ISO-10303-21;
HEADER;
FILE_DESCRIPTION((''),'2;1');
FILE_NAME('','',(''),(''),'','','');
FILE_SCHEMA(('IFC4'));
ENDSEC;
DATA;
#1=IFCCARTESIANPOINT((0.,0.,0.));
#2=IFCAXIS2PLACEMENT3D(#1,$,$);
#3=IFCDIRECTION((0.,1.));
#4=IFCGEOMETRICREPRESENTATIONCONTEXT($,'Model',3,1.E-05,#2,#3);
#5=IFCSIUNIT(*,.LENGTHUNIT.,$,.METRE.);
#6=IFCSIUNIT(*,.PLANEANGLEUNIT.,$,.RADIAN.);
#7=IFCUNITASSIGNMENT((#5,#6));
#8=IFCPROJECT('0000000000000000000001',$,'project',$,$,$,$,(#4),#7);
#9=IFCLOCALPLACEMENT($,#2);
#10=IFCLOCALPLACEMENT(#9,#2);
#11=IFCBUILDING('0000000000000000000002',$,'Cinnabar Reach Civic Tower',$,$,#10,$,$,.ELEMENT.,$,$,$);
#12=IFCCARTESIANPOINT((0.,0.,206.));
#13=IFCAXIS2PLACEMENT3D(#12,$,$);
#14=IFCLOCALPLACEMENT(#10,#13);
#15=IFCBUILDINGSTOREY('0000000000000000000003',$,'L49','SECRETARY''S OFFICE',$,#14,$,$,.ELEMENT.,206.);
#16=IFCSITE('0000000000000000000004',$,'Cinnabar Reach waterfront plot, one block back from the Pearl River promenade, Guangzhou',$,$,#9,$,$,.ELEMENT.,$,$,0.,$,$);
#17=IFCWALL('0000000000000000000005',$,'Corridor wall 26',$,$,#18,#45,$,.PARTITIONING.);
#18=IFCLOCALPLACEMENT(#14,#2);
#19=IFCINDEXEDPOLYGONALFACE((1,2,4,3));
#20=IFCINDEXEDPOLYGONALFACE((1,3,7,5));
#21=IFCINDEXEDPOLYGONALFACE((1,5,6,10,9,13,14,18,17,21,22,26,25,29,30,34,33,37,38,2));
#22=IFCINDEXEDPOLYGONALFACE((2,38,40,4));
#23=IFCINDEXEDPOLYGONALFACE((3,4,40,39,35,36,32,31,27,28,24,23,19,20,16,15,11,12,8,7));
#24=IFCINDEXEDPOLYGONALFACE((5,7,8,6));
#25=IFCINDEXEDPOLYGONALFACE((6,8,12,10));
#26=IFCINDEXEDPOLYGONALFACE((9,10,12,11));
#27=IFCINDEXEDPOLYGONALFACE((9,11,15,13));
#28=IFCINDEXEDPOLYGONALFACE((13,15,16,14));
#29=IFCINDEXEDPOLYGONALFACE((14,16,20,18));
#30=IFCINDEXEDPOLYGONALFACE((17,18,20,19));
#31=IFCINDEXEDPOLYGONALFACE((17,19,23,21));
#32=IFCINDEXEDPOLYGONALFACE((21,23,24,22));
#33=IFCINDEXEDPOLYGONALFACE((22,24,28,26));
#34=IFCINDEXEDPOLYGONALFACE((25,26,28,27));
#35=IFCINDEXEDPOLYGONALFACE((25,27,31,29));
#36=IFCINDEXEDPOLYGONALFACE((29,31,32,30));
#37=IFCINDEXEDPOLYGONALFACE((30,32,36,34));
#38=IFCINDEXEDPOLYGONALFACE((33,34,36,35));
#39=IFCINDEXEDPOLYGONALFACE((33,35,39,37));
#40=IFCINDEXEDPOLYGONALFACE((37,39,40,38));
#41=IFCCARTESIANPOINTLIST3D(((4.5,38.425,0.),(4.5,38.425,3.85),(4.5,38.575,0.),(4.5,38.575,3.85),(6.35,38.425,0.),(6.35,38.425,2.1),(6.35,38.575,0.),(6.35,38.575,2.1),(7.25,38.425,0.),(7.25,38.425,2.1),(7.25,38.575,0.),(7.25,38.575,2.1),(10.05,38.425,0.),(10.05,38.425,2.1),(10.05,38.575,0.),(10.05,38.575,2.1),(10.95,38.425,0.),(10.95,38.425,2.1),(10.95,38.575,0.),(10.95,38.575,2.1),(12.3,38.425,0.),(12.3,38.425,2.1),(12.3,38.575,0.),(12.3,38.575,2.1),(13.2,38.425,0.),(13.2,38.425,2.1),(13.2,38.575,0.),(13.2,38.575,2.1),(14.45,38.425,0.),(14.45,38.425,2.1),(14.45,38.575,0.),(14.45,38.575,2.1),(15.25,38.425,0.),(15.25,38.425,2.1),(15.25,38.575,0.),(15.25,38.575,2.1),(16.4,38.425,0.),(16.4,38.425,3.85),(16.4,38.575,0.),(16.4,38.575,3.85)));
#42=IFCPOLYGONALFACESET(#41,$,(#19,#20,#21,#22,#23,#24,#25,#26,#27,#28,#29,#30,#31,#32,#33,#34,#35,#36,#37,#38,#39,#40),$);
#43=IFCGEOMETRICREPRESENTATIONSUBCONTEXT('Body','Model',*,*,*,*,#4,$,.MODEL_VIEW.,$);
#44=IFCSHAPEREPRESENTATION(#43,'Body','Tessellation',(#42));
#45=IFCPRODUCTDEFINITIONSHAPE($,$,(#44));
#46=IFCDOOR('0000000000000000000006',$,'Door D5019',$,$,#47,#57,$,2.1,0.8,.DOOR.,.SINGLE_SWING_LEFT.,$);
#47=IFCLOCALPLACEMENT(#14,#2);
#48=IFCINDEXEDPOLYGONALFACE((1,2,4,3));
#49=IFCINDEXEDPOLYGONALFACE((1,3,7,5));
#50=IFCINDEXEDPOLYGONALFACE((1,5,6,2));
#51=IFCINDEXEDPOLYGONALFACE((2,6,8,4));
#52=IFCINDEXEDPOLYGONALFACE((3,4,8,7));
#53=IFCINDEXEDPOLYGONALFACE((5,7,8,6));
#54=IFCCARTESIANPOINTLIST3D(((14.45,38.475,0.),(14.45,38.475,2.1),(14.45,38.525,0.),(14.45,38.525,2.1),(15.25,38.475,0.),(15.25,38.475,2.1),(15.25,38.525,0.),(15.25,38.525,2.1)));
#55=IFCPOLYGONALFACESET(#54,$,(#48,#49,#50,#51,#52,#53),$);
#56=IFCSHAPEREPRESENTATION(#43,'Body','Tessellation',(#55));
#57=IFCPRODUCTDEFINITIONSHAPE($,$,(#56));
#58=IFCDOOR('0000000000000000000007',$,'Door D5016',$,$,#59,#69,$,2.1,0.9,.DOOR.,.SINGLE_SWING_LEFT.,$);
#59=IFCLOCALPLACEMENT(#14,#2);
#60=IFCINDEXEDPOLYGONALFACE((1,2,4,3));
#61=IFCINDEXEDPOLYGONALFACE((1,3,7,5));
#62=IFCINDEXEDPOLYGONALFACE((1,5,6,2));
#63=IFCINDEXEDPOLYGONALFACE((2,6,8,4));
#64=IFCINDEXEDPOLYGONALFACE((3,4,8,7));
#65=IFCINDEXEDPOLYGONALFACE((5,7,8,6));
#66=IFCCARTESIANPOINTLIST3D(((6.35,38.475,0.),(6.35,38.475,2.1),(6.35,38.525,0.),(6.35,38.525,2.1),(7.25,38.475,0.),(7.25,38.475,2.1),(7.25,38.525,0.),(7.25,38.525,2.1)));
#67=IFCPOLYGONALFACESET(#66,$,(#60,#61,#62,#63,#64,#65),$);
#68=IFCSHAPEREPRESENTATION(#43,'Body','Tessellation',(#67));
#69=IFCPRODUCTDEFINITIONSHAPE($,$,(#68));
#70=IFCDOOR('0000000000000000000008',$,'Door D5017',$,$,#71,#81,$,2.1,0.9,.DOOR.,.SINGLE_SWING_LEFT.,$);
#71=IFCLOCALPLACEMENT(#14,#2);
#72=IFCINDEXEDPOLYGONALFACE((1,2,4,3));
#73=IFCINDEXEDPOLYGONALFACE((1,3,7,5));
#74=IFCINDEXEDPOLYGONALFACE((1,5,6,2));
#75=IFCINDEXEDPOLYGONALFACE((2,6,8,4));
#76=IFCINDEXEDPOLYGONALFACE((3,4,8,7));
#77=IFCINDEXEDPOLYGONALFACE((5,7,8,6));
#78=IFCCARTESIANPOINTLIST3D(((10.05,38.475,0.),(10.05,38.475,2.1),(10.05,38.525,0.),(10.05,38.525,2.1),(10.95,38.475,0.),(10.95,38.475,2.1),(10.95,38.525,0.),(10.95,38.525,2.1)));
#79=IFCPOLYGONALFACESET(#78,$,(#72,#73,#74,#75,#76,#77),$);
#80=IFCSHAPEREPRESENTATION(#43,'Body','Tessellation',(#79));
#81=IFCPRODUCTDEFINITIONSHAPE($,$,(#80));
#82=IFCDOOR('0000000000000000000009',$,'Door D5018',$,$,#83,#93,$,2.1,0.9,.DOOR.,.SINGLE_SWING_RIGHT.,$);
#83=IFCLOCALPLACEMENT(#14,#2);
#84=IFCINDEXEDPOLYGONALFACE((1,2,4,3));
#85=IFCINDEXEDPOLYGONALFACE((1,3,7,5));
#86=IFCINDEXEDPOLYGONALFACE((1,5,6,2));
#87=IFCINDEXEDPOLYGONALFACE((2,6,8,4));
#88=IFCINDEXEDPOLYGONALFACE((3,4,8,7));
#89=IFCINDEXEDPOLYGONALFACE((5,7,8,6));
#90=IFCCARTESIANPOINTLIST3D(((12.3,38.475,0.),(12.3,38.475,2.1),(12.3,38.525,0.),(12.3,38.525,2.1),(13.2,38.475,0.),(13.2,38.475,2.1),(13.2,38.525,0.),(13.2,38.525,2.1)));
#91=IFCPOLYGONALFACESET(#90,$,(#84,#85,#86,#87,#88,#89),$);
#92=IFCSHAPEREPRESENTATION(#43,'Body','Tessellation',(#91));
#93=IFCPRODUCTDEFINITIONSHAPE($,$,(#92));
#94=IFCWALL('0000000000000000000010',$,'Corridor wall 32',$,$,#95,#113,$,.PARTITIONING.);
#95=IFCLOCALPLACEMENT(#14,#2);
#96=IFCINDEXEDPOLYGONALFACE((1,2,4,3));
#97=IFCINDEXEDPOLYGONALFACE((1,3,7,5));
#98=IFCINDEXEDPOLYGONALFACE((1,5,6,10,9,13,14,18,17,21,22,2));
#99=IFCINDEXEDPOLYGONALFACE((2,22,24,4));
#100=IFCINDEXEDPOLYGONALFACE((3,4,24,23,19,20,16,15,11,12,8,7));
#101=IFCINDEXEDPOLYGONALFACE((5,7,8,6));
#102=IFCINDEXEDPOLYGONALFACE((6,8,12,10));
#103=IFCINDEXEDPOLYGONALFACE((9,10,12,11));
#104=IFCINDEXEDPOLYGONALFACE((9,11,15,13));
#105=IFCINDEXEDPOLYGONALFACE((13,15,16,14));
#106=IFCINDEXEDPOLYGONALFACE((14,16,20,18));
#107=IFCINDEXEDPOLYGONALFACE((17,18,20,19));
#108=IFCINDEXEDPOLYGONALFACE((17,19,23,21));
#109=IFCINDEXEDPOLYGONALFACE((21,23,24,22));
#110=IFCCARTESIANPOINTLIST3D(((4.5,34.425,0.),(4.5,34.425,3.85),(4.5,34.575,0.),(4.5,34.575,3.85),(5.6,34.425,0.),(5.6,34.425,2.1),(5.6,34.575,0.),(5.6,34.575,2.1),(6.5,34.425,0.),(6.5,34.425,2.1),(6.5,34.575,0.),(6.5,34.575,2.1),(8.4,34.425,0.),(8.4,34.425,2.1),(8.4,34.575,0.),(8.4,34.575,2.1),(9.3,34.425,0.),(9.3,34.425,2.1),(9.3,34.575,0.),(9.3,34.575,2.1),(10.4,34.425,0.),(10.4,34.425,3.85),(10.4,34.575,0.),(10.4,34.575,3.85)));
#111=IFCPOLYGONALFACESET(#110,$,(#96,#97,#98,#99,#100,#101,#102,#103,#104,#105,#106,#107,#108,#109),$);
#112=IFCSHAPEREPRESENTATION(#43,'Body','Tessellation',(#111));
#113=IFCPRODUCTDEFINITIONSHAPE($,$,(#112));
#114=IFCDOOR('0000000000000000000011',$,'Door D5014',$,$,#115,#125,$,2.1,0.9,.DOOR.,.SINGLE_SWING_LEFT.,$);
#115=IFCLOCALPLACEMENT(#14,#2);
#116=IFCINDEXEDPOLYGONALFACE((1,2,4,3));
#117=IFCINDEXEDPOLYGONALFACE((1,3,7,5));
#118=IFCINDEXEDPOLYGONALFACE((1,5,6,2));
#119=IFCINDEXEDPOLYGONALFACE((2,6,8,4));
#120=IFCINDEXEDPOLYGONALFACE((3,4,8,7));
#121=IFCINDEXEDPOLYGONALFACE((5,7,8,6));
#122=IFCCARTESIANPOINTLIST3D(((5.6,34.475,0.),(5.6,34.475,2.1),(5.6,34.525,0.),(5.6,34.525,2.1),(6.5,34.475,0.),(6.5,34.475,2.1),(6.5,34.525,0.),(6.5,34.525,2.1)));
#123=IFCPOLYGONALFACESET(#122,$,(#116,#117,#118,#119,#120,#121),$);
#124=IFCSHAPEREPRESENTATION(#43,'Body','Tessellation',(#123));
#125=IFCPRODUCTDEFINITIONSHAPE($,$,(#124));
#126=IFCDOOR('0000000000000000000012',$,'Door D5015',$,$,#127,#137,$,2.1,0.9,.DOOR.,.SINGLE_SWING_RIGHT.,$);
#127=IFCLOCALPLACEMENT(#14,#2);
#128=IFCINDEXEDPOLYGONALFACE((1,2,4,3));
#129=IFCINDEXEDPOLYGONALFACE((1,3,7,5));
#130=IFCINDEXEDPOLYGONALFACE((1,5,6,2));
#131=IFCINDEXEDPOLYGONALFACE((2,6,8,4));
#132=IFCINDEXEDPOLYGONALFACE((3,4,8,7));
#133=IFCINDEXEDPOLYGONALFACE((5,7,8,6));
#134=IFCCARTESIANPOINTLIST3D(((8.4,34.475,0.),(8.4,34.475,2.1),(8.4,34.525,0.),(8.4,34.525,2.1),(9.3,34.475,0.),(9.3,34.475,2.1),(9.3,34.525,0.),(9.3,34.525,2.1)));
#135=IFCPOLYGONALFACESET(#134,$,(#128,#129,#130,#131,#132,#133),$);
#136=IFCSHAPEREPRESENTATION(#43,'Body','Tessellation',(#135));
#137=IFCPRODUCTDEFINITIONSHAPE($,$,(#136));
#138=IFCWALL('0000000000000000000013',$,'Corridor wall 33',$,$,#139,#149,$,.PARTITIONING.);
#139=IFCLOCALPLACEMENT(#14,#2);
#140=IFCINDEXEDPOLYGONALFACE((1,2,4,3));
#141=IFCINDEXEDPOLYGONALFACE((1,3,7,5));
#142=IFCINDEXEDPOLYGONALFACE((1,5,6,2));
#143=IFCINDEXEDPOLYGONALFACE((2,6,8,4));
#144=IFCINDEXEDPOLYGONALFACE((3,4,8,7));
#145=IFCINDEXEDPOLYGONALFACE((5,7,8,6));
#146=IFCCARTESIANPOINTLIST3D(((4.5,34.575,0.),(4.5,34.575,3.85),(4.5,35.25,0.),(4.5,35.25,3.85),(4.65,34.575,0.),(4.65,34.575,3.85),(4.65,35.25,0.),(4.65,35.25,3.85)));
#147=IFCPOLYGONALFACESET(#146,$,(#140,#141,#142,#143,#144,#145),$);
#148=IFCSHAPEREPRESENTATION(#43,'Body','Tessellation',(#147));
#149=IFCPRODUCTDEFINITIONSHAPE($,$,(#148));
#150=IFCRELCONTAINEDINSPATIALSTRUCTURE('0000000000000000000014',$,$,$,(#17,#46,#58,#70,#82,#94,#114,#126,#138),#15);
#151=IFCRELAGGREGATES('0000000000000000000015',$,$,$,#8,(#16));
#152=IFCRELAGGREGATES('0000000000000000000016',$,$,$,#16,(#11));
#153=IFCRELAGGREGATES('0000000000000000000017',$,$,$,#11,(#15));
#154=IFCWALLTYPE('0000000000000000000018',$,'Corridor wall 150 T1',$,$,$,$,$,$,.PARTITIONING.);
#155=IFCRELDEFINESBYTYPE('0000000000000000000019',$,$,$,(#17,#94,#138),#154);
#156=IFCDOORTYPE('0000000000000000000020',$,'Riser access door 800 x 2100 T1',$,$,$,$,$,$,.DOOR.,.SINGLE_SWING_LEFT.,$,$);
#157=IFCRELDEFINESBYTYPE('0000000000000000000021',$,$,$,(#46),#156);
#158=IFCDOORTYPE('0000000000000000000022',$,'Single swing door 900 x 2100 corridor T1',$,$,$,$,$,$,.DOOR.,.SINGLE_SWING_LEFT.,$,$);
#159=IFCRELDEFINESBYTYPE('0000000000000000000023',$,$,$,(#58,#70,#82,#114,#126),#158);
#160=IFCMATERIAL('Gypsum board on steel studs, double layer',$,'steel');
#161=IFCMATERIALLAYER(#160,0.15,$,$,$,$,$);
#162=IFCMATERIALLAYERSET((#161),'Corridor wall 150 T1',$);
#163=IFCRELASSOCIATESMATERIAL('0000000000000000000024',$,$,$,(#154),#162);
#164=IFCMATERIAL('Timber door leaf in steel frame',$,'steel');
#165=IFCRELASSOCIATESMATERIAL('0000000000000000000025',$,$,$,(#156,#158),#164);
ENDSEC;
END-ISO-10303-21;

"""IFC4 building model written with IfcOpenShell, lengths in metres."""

from ifc_helpers import new_model, si_unit, direction, frame, frame_2d, origin, place, context, subcontext, project, spatial, rectangle, extrude, material, layer, layer_set, type_object, element, fill, save


model = new_model("IFC4")

# Units and contexts
model_context = context("Model", 3, precision=1e-05, world=origin(), true_north=direction((0.0, 1.0)))
body_context = subcontext(model_context, "Body", "Model", "MODEL_VIEW")
ifc_project = project(units=[si_unit("LENGTHUNIT", "METRE"), si_unit("PLANEANGLEUNIT", "RADIAN")], contexts=[model_context])

# Site, building, storey
site_placement = place(None, origin())
site = spatial("IfcSite", under=ifc_project, at=site_placement, Name="Cinnabar Reach waterfront plot, one block back from the Pearl River promenade, Guangzhou", CompositionType="ELEMENT", RefElevation=0.0)
building_placement = place(site_placement, origin())
building = spatial("IfcBuilding", under=site, at=building_placement, Name="Cinnabar Reach Civic Tower", CompositionType="ELEMENT")
storey_placement = place(building_placement, frame((0.0, 0.0, 206.0)))
storey = spatial("IfcBuildingStorey", under=building, at=storey_placement, Name="L49", Description="SECRETARY'S OFFICE", CompositionType="ELEMENT", Elevation=206.0)

# Shared definitions
ifc_material_1 = material(Name="Timber door leaf in steel frame", Category="steel")

# Walls, openings, doors
ifc_material_2 = material(Name="Gypsum board on steel studs, double layer", Category="steel")
ifc_layer_1 = layer(ifc_material_2, 0.15)
ifc_layer_set_1 = layer_set([ifc_layer_1], Name="Corridor wall 150 T1")
wall_type_1 = type_object("IfcWallType", Name="Corridor wall 150 T1", PredefinedType="PARTITIONING", material=ifc_layer_set_1)
wall_1_placement = place(storey_placement, frame((4.5, 38.5, 0.0), z_axis=(0.0, 0.0, 1.0), x_axis=(1.0, 0.0, 0.0)))
wall_1 = element("IfcWall", 1, at=wall_1_placement, inside=storey, type_object=wall_type_1, Name="Corridor wall 26", PredefinedType="PARTITIONING", context=body_context, shape_type="SweptSolid", body=[
    extrude(rectangle(XDim=11.9, YDim=0.15, at=frame_2d((5.95, 0.0))), origin(), (0.0, 0.0, 1.0), 3.85),
])
opening_1_placement = place(wall_1_placement, frame((1.85, 0.0, 0.0)))
opening_1 = element("IfcOpeningElement", 2, at=opening_1_placement, cuts=wall_1, PredefinedType="OPENING", context=body_context, shape_type="SweptSolid", body=[
    extrude(rectangle(XDim=0.9, YDim=2.1, at=frame_2d((0.45, 1.05))), frame((0.0, 0.085, 0.0), z_axis=(0.0, -1.0, 0.0), x_axis=(1.0, 0.0, 0.0)), (0.0, 0.0, 1.0), 0.17),
])
opening_2_placement = place(wall_1_placement, frame((5.55, 0.0, 0.0)))
opening_2 = element("IfcOpeningElement", 3, at=opening_2_placement, cuts=wall_1, PredefinedType="OPENING", context=body_context, shape_type="SweptSolid", body=[
    extrude(rectangle(XDim=0.9, YDim=2.1, at=frame_2d((0.45, 1.05))), frame((0.0, 0.085, 0.0), z_axis=(0.0, -1.0, 0.0), x_axis=(1.0, 0.0, 0.0)), (0.0, 0.0, 1.0), 0.17),
])
opening_3_placement = place(wall_1_placement, frame((7.8, 0.0, 0.0)))
opening_3 = element("IfcOpeningElement", 4, at=opening_3_placement, cuts=wall_1, PredefinedType="OPENING", context=body_context, shape_type="SweptSolid", body=[
    extrude(rectangle(XDim=0.9, YDim=2.1, at=frame_2d((0.45, 1.05))), frame((0.0, 0.085, 0.0), z_axis=(0.0, -1.0, 0.0), x_axis=(1.0, 0.0, 0.0)), (0.0, 0.0, 1.0), 0.17),
])
opening_4_placement = place(wall_1_placement, frame((9.95, 0.0, 0.0)))
opening_4 = element("IfcOpeningElement", 5, at=opening_4_placement, cuts=wall_1, PredefinedType="OPENING", context=body_context, shape_type="SweptSolid", body=[
    extrude(rectangle(XDim=0.8, YDim=2.1, at=frame_2d((0.4, 1.05))), frame((0.0, 0.085, 0.0), z_axis=(0.0, -1.0, 0.0), x_axis=(1.0, 0.0, 0.0)), (0.0, 0.0, 1.0), 0.17),
])
door_type_1 = type_object("IfcDoorType", Name="Riser access door 800 x 2100 T1", OperationType="SINGLE_SWING_LEFT", PredefinedType="DOOR", material=ifc_material_1)
door_1_placement = place(opening_4_placement, origin())
door_1 = element("IfcDoor", 6, at=door_1_placement, inside=storey, type_object=door_type_1, Name="Door D5019", OperationType="SINGLE_SWING_LEFT", OverallHeight=2.1, OverallWidth=0.8, PredefinedType="DOOR", context=body_context, shape_type="SweptSolid", body=[
    extrude(rectangle(XDim=0.8, YDim=2.1, at=frame_2d((0.4, 1.05))), frame((0.0, 0.025, 0.0), z_axis=(0.0, -1.0, 0.0), x_axis=(1.0, 0.0, 0.0)), (0.0, 0.0, 1.0), 0.05),
])
fill(opening_4, door_1)
door_type_2 = type_object("IfcDoorType", Name="Single swing door 900 x 2100 corridor T1", OperationType="SINGLE_SWING_LEFT", PredefinedType="DOOR", material=ifc_material_1)
door_2_placement = place(opening_1_placement, origin())
door_2 = element("IfcDoor", 7, at=door_2_placement, inside=storey, type_object=door_type_2, Name="Door D5016", OperationType="SINGLE_SWING_LEFT", OverallHeight=2.1, OverallWidth=0.9, PredefinedType="DOOR", context=body_context, shape_type="SweptSolid", body=[
    extrude(rectangle(XDim=0.9, YDim=2.1, at=frame_2d((0.45, 1.05))), frame((0.0, 0.025, 0.0), z_axis=(0.0, -1.0, 0.0), x_axis=(1.0, 0.0, 0.0)), (0.0, 0.0, 1.0), 0.05),
])
fill(opening_1, door_2)
door_3_placement = place(opening_2_placement, origin())
door_3 = element("IfcDoor", 8, at=door_3_placement, inside=storey, type_object=door_type_2, Name="Door D5017", OperationType="SINGLE_SWING_LEFT", OverallHeight=2.1, OverallWidth=0.9, PredefinedType="DOOR", context=body_context, shape_type="SweptSolid", body=[
    extrude(rectangle(XDim=0.9, YDim=2.1, at=frame_2d((0.45, 1.05))), frame((0.0, 0.025, 0.0), z_axis=(0.0, -1.0, 0.0), x_axis=(1.0, 0.0, 0.0)), (0.0, 0.0, 1.0), 0.05),
])
fill(opening_2, door_3)
door_4_placement = place(opening_3_placement, origin())
door_4 = element("IfcDoor", 9, at=door_4_placement, inside=storey, type_object=door_type_2, Name="Door D5018", OperationType="SINGLE_SWING_RIGHT", OverallHeight=2.1, OverallWidth=0.9, PredefinedType="DOOR", context=body_context, shape_type="SweptSolid", body=[
    extrude(rectangle(XDim=0.9, YDim=2.1, at=frame_2d((0.45, 1.05))), frame((0.0, 0.025, 0.0), z_axis=(0.0, -1.0, 0.0), x_axis=(1.0, 0.0, 0.0)), (0.0, 0.0, 1.0), 0.05),
])
fill(opening_3, door_4)
wall_2_placement = place(storey_placement, frame((4.5, 34.5, 0.0), z_axis=(0.0, 0.0, 1.0), x_axis=(1.0, 0.0, 0.0)))
wall_2 = element("IfcWall", 10, at=wall_2_placement, inside=storey, type_object=wall_type_1, Name="Corridor wall 32", PredefinedType="PARTITIONING", context=body_context, shape_type="SweptSolid", body=[
    extrude(rectangle(XDim=5.9, YDim=0.15, at=frame_2d((2.95, 0.0))), origin(), (0.0, 0.0, 1.0), 3.85),
])
opening_5_placement = place(wall_2_placement, frame((1.1, 0.0, 0.0)))
opening_5 = element("IfcOpeningElement", 11, at=opening_5_placement, cuts=wall_2, PredefinedType="OPENING", context=body_context, shape_type="SweptSolid", body=[
    extrude(rectangle(XDim=0.9, YDim=2.1, at=frame_2d((0.45, 1.05))), frame((0.0, 0.085, 0.0), z_axis=(0.0, -1.0, 0.0), x_axis=(1.0, 0.0, 0.0)), (0.0, 0.0, 1.0), 0.17),
])
opening_6_placement = place(wall_2_placement, frame((3.9, 0.0, 0.0)))
opening_6 = element("IfcOpeningElement", 12, at=opening_6_placement, cuts=wall_2, PredefinedType="OPENING", context=body_context, shape_type="SweptSolid", body=[
    extrude(rectangle(XDim=0.9, YDim=2.1, at=frame_2d((0.45, 1.05))), frame((0.0, 0.085, 0.0), z_axis=(0.0, -1.0, 0.0), x_axis=(1.0, 0.0, 0.0)), (0.0, 0.0, 1.0), 0.17),
])
door_5_placement = place(opening_5_placement, frame((0.9, 0.0, 0.0), z_axis=(0.0, 0.0, 1.0), x_axis=(-1.0, 0.0, 0.0)))
door_5 = element("IfcDoor", 13, at=door_5_placement, inside=storey, type_object=door_type_2, Name="Door D5014", OperationType="SINGLE_SWING_LEFT", OverallHeight=2.1, OverallWidth=0.9, PredefinedType="DOOR", context=body_context, shape_type="SweptSolid", body=[
    extrude(rectangle(XDim=0.9, YDim=2.1, at=frame_2d((0.45, 1.05))), frame((0.0, 0.025, 0.0), z_axis=(0.0, -1.0, 0.0), x_axis=(1.0, 0.0, 0.0)), (0.0, 0.0, 1.0), 0.05),
])
fill(opening_5, door_5)
door_6_placement = place(opening_6_placement, frame((0.9, 0.0, 0.0), z_axis=(0.0, 0.0, 1.0), x_axis=(-1.0, 0.0, 0.0)))
door_6 = element("IfcDoor", 14, at=door_6_placement, inside=storey, type_object=door_type_2, Name="Door D5015", OperationType="SINGLE_SWING_RIGHT", OverallHeight=2.1, OverallWidth=0.9, PredefinedType="DOOR", context=body_context, shape_type="SweptSolid", body=[
    extrude(rectangle(XDim=0.9, YDim=2.1, at=frame_2d((0.45, 1.05))), frame((0.0, 0.025, 0.0), z_axis=(0.0, -1.0, 0.0), x_axis=(1.0, 0.0, 0.0)), (0.0, 0.0, 1.0), 0.05),
])
fill(opening_6, door_6)

# Wall
wall_3_placement = place(storey_placement, frame((4.575, 34.575, 0.0), z_axis=(0.0, 0.0, 1.0), x_axis=(0.0, 1.0, 0.0)))
element("IfcWall", 15, at=wall_3_placement, inside=storey, type_object=wall_type_1, Name="Corridor wall 33", PredefinedType="PARTITIONING", context=body_context, shape_type="SweptSolid", body=[
    extrude(rectangle(XDim=0.675, YDim=0.15, at=frame_2d((0.3375, 0.0))), origin(), (0.0, 0.0, 1.0), 3.85),
])

save(model, "model.ifc")
